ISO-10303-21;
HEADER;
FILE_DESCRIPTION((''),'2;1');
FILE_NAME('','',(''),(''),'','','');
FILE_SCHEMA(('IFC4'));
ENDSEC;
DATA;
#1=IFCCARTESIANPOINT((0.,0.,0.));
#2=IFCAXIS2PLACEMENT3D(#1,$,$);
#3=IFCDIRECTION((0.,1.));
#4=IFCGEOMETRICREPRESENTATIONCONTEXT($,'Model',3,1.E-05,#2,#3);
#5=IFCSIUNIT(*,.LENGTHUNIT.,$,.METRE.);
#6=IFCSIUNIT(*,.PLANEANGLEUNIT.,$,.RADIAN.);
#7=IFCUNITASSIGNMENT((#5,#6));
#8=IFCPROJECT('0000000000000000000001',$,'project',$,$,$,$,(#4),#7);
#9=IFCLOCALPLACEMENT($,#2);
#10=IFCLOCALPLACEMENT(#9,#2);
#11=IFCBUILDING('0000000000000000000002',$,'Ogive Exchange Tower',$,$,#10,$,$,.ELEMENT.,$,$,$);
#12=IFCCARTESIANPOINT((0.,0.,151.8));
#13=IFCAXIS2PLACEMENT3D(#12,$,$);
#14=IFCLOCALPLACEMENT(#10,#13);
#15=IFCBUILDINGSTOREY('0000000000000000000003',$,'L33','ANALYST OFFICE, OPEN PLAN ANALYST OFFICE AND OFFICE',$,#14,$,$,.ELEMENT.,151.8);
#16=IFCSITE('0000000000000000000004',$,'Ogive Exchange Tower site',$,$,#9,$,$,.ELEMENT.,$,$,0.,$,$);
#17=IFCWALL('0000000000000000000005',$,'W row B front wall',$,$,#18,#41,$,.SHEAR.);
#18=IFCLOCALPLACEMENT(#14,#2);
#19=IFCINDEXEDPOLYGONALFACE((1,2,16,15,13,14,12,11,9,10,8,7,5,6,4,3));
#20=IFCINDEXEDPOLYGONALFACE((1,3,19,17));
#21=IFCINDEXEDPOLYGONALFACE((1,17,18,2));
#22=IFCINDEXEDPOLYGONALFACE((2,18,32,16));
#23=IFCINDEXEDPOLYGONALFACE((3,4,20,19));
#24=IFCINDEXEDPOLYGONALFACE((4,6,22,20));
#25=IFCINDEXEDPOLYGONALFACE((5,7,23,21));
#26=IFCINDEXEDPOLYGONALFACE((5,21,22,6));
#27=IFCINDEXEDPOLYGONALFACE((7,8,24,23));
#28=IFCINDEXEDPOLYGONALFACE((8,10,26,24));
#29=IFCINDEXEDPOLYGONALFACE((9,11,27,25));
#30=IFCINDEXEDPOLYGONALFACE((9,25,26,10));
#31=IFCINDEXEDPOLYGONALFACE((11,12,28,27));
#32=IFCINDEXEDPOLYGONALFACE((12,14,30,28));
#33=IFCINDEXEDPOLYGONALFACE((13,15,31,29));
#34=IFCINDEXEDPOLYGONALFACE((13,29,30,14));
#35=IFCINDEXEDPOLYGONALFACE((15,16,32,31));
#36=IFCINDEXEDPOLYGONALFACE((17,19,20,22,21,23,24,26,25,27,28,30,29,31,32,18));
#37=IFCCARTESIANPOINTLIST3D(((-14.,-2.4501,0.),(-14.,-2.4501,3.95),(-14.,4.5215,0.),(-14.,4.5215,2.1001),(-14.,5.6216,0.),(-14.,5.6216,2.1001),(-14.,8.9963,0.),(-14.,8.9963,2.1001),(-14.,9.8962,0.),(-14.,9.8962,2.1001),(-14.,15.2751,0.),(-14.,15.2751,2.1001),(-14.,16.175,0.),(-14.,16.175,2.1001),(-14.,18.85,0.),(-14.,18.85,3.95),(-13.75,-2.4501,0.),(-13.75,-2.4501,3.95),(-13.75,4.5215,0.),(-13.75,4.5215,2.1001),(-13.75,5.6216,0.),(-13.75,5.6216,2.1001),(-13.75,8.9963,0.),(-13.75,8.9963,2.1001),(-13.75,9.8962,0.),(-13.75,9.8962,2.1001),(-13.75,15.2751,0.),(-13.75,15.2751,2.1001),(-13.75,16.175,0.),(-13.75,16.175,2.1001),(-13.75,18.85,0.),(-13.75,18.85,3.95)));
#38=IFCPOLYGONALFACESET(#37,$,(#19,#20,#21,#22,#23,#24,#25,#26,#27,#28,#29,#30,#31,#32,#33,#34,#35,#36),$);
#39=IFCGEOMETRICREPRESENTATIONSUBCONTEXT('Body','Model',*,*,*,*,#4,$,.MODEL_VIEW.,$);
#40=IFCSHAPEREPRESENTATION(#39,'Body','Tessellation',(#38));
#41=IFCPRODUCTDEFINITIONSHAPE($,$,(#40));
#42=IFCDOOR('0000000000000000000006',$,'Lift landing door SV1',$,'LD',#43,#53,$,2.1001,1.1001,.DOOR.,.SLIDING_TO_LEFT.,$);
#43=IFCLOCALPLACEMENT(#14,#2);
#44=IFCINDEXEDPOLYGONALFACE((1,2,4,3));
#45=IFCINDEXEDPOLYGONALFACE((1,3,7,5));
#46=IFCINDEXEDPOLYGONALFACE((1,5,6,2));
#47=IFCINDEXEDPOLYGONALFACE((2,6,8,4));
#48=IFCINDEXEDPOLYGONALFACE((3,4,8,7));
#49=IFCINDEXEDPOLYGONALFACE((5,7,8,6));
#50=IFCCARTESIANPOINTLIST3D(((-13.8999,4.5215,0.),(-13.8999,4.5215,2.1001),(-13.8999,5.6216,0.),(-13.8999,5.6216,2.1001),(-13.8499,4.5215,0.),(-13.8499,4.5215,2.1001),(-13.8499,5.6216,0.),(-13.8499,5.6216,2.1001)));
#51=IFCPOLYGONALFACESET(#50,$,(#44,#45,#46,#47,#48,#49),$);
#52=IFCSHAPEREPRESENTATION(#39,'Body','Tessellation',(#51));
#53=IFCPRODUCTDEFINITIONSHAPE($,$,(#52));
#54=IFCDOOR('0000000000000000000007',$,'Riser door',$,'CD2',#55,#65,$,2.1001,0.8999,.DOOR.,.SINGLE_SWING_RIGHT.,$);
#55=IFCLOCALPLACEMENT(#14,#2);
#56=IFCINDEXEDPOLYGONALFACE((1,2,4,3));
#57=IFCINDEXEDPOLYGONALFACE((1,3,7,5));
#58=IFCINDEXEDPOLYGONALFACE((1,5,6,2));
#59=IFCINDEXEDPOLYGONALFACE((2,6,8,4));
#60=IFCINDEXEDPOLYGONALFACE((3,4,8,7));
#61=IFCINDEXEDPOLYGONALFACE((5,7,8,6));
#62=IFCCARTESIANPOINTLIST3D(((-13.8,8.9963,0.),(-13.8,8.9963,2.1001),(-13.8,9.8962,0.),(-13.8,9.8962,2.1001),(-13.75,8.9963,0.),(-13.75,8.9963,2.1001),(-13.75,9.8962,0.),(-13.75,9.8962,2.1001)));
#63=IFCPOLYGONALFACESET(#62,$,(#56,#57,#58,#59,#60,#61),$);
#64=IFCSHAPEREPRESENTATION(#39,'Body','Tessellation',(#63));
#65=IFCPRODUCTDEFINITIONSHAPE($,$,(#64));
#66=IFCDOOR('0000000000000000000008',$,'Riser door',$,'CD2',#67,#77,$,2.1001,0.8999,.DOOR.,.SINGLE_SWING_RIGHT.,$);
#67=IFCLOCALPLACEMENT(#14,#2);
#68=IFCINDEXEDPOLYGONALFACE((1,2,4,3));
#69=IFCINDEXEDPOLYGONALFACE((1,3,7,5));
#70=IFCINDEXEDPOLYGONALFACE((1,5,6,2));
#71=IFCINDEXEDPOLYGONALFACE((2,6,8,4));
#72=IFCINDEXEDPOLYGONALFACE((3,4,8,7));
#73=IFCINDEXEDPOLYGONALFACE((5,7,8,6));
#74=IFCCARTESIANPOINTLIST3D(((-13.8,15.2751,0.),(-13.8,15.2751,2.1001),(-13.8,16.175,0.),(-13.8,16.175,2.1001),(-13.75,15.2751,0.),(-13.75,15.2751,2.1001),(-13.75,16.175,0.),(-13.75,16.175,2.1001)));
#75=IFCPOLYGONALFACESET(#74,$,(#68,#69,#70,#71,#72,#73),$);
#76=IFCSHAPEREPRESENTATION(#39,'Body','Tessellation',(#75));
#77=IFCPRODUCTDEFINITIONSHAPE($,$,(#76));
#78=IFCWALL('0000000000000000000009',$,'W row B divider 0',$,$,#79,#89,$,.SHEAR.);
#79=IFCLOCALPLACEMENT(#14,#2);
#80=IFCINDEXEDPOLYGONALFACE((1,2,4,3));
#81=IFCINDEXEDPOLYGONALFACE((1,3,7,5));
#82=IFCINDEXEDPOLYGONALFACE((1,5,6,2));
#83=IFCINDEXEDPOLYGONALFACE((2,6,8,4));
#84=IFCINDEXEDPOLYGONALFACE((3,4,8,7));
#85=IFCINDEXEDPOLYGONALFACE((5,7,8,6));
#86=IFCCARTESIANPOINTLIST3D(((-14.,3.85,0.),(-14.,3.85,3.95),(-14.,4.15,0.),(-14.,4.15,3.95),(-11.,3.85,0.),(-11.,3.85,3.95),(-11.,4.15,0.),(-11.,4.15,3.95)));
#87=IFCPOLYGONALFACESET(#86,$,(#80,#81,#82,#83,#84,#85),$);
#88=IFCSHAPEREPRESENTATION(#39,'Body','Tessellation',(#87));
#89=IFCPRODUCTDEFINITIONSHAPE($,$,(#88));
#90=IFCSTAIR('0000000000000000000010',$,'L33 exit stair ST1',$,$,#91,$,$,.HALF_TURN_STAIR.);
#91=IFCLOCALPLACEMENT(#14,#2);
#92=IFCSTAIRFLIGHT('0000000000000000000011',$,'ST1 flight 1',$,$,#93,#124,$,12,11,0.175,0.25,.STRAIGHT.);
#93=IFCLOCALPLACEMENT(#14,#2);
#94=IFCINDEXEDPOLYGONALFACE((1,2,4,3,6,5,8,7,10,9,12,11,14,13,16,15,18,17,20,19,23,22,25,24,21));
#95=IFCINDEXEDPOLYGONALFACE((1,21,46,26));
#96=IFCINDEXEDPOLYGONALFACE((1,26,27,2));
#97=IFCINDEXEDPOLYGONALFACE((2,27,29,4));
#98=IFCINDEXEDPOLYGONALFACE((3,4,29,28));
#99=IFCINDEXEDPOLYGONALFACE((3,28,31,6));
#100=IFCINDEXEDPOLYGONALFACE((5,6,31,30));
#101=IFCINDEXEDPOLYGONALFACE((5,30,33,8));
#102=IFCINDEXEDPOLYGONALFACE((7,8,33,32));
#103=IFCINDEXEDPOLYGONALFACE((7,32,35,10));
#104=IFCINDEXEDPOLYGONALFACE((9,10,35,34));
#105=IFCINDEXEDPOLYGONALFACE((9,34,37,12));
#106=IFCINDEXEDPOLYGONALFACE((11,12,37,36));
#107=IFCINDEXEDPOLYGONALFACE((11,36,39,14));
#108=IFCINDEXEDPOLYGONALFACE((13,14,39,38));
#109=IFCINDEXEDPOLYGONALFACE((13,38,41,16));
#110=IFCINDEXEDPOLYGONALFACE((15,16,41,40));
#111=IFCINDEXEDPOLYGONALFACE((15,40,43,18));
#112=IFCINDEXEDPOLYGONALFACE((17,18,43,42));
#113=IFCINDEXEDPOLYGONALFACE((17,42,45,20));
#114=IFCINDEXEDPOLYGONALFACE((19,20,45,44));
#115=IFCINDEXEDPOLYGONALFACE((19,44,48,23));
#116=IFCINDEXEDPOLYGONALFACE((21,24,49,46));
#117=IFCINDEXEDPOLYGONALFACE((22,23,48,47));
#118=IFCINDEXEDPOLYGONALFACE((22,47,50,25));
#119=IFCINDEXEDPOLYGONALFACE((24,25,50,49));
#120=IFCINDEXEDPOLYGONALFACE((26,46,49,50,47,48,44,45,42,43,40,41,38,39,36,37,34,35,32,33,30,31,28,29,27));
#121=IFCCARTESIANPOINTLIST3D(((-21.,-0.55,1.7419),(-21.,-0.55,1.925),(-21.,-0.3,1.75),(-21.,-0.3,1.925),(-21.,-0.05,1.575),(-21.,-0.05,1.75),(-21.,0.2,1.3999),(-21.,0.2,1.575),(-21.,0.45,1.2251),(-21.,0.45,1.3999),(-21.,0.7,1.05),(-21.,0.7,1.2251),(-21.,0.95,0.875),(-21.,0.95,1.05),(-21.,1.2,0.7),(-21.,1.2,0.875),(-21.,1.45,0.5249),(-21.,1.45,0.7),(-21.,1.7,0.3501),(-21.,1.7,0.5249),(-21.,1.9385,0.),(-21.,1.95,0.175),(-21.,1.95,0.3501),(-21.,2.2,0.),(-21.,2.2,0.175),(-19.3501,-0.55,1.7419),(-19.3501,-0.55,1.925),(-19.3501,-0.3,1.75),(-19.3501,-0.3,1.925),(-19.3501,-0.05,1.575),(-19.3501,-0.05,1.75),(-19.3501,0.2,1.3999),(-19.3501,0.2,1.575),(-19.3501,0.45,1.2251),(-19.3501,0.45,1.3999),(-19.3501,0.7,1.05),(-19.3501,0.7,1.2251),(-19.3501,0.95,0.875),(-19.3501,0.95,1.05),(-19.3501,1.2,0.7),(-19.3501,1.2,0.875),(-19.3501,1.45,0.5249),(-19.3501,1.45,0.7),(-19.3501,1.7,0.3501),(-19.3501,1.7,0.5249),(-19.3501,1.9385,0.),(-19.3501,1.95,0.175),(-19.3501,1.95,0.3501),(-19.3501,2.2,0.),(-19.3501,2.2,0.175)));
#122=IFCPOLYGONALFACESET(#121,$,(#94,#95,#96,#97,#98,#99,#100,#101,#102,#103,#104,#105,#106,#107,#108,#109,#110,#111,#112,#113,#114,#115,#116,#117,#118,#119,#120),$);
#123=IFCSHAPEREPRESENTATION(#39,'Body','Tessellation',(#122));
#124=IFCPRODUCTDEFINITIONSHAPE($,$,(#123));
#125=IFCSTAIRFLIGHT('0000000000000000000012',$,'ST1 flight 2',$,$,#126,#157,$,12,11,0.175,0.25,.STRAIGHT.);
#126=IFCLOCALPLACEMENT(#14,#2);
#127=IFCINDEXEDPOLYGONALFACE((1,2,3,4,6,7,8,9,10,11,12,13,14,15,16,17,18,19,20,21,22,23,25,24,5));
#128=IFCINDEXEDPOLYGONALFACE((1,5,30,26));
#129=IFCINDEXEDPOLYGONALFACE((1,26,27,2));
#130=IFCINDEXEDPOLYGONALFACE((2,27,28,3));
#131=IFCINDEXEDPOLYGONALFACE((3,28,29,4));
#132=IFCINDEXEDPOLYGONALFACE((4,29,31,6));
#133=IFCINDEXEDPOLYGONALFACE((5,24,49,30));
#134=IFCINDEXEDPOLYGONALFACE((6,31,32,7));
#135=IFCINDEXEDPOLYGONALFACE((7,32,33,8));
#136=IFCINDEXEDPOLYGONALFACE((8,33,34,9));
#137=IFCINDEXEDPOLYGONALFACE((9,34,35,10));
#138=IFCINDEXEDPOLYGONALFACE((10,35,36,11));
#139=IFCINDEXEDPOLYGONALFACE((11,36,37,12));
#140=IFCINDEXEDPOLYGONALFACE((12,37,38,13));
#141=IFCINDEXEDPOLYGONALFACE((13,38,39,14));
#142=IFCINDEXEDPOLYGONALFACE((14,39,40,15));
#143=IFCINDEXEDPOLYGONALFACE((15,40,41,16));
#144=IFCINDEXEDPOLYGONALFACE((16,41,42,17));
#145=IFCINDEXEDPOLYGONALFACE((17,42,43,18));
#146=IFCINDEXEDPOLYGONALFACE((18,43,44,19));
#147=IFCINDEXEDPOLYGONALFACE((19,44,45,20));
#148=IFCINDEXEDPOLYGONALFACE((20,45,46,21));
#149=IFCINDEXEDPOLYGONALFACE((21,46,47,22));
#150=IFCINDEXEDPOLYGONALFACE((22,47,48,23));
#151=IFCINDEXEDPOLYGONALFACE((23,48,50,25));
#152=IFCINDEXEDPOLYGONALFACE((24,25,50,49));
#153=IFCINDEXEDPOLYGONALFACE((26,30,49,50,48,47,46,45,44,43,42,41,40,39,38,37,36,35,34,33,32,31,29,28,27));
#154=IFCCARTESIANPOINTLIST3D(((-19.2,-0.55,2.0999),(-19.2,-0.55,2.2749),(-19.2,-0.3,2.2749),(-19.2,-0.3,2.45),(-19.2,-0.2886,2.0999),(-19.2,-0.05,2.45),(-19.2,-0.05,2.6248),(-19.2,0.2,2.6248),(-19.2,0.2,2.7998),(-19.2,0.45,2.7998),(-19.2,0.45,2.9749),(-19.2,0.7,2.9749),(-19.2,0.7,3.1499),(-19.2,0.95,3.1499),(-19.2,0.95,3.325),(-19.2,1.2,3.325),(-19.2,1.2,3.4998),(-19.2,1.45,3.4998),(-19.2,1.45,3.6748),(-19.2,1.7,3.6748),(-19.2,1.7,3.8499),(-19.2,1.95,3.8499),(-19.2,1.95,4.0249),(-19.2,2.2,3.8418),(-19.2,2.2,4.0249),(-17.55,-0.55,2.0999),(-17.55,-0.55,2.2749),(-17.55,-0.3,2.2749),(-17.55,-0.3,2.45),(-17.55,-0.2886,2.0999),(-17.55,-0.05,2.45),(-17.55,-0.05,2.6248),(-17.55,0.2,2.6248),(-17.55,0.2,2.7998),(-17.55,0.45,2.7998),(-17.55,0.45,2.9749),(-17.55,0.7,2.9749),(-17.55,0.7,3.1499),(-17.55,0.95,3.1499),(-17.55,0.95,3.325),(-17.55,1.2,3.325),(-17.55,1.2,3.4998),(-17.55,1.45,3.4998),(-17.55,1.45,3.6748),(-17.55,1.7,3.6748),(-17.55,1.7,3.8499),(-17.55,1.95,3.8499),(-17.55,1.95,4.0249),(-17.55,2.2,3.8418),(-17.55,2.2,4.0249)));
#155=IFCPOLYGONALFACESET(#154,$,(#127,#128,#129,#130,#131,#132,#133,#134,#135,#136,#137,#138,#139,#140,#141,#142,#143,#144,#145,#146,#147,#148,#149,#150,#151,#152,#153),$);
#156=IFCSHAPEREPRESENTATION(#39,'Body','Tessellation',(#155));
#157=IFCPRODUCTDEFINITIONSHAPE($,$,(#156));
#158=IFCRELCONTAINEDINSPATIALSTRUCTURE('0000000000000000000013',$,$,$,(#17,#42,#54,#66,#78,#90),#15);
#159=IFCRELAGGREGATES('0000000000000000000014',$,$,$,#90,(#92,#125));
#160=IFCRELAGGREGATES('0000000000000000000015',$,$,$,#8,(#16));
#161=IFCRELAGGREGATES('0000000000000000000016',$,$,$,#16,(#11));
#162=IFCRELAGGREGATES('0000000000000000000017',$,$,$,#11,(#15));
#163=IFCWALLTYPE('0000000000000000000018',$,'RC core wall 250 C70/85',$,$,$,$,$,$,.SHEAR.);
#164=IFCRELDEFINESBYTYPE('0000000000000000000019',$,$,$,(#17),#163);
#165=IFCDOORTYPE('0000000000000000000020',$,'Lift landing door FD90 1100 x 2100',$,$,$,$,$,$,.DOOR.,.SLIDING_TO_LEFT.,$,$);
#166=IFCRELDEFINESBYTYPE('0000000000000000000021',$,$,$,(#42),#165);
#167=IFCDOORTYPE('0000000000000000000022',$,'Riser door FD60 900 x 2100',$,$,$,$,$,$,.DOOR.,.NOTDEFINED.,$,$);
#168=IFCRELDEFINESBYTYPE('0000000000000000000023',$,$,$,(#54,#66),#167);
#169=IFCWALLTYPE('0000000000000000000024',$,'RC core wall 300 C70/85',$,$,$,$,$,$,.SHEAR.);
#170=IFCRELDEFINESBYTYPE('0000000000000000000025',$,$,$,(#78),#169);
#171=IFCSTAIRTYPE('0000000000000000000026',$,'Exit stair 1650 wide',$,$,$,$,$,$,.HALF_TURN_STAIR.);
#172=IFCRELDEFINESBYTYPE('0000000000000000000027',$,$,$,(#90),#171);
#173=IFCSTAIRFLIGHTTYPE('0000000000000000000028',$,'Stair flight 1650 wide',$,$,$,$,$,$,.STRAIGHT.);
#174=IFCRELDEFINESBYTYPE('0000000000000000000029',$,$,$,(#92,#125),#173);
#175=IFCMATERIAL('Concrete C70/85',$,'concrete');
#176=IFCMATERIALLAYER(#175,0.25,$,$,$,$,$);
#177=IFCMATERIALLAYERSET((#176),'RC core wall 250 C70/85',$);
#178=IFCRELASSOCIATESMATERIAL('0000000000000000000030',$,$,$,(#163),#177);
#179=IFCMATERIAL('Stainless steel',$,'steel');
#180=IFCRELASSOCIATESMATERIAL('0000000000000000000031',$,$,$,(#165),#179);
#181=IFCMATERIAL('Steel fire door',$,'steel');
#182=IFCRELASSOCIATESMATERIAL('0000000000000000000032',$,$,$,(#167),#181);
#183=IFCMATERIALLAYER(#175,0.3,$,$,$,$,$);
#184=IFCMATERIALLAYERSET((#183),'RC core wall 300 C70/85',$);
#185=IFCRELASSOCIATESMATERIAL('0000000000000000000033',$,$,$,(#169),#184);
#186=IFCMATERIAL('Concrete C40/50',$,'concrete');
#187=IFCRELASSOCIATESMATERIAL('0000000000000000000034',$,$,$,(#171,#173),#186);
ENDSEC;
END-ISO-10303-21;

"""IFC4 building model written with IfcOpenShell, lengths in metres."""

from ifc_helpers import new_model, si_unit, direction, frame, frame_2d, origin, place, context, subcontext, project, spatial, polyline, rectangle, outline, extrude, material, layer, layer_set, type_object, element, fill, aggregate, save


model = new_model("IFC4")

# Units and contexts
model_context = context("Model", 3, precision=1e-05, world=origin(), true_north=direction((0.0, 1.0)))
body_context = subcontext(model_context, "Body", "Model", "MODEL_VIEW")
ifc_project = project(units=[si_unit("LENGTHUNIT", "METRE"), si_unit("PLANEANGLEUNIT", "RADIAN")], contexts=[model_context])

# Site, building, storey
site_placement = place(None, origin())
site = spatial("IfcSite", under=ifc_project, at=site_placement, Name="Ogive Exchange Tower site", CompositionType="ELEMENT", RefElevation=0.0)
building_placement = place(site_placement, origin())
building = spatial("IfcBuilding", under=site, at=building_placement, Name="Ogive Exchange Tower", CompositionType="ELEMENT")
storey_placement = place(building_placement, frame((0.0, 0.0, 151.8)))
storey = spatial("IfcBuildingStorey", under=building, at=storey_placement, Name="L33", Description="ANALYST OFFICE, OPEN PLAN ANALYST OFFICE AND OFFICE", CompositionType="ELEMENT", Elevation=151.8)

# Shared definitions
ifc_material_1 = material(Name="Concrete C70/85", Category="concrete")
ifc_layer_1 = layer(ifc_material_1, 0.25)
ifc_layer_set_1 = layer_set([ifc_layer_1], Name="RC core wall 250 C70/85")
wall_type_1 = type_object("IfcWallType", Name="RC core wall 250 C70/85", PredefinedType="SHEAR", material=ifc_layer_set_1)
ifc_material_2 = material(Name="Steel fire door", Category="steel")

# Wall, openings, doors
ifc_material_3 = material(Name="Stainless steel", Category="steel")
door_type_1 = type_object("IfcDoorType", Name="Lift landing door FD90 1100 x 2100", OperationType="SLIDING_TO_LEFT", PredefinedType="DOOR", material=ifc_material_3)
wall_1_placement = place(storey_placement, frame((-13.875, -2.45, 0.0), z_axis=(0.0, 0.0, 1.0), x_axis=(0.0, 1.0, 0.0)))
wall_1 = element("IfcWall", 1, at=wall_1_placement, inside=storey, type_object=wall_type_1, Name="W row B front wall", PredefinedType="SHEAR", context=body_context, shape_type="SweptSolid", body=[
    extrude(rectangle(XDim=21.3, YDim=0.25, at=frame_2d((10.6499, 0.0))), origin(), (0.0, 0.0, 1.0), 3.95),
])
opening_1_placement = place(wall_1_placement, frame((11.4463, 0.0, 0.0)))
opening_1 = element("IfcOpeningElement", 2, at=opening_1_placement, cuts=wall_1, PredefinedType="OPENING", context=body_context, shape_type="SweptSolid", body=[
    extrude(rectangle(XDim=0.8999, YDim=2.1001, at=frame_2d((0.45, 1.05))), frame((0.0, 0.135, 0.0), z_axis=(0.0, -1.0, 0.0), x_axis=(1.0, 0.0, 0.0)), (0.0, 0.0, 1.0), 0.27),
])
opening_2_placement = place(wall_1_placement, frame((17.7251, 0.0, 0.0)))
opening_2 = element("IfcOpeningElement", 3, at=opening_2_placement, cuts=wall_1, PredefinedType="OPENING", context=body_context, shape_type="SweptSolid", body=[
    extrude(rectangle(XDim=0.8999, YDim=2.1001, at=frame_2d((0.45, 1.05))), frame((0.0, 0.135, 0.0), z_axis=(0.0, -1.0, 0.0), x_axis=(1.0, 0.0, 0.0)), (0.0, 0.0, 1.0), 0.27),
])
opening_3_placement = place(wall_1_placement, frame((6.9714, 0.0, 0.0)))
opening_3 = element("IfcOpeningElement", 4, at=opening_3_placement, cuts=wall_1, PredefinedType="OPENING", context=body_context, shape_type="SweptSolid", body=[
    extrude(rectangle(XDim=1.1001, YDim=2.1001, at=frame_2d((0.55, 1.05))), frame((0.0, 0.135, 0.0), z_axis=(0.0, -1.0, 0.0), x_axis=(1.0, 0.0, 0.0)), (0.0, 0.0, 1.0), 0.27),
])
door_1_placement = place(opening_3_placement, origin())
door_1 = element("IfcDoor", 5, at=door_1_placement, inside=storey, type_object=door_type_1, Name="Lift landing door SV1", ObjectType="LD", OperationType="SLIDING_TO_LEFT", OverallHeight=2.1001, OverallWidth=1.1001, PredefinedType="DOOR", context=body_context, shape_type="SweptSolid", body=[
    extrude(rectangle(XDim=1.1001, YDim=2.1001, at=frame_2d((0.55, 1.05))), frame((0.0, 0.0249, 0.0), z_axis=(0.0, -1.0, 0.0), x_axis=(1.0, 0.0, 0.0)), (0.0, 0.0, 1.0), 0.05),
])
fill(opening_3, door_1)
door_type_2 = type_object("IfcDoorType", Name="Riser door FD60 900 x 2100", OperationType="NOTDEFINED", PredefinedType="DOOR", material=ifc_material_2)
door_2_placement = place(opening_1_placement, frame((0.8999, -0.2002, 0.0), z_axis=(0.0, 0.0, 1.0), x_axis=(-1.0, 0.0, 0.0)))
door_2 = element("IfcDoor", 6, at=door_2_placement, inside=storey, type_object=door_type_2, Name="Riser door", ObjectType="CD2", OperationType="SINGLE_SWING_RIGHT", OverallHeight=2.1001, OverallWidth=0.8999, PredefinedType="DOOR", context=body_context, shape_type="SweptSolid", body=[
    extrude(rectangle(XDim=0.8999, YDim=2.1001, at=frame_2d((0.45, 1.05))), frame((0.0, -0.0752, 0.0), z_axis=(0.0, -1.0, 0.0), x_axis=(1.0, 0.0, 0.0)), (0.0, 0.0, 1.0), 0.05),
])
fill(opening_1, door_2)
door_3_placement = place(opening_2_placement, frame((0.8999, -0.2002, 0.0), z_axis=(0.0, 0.0, 1.0), x_axis=(-1.0, 0.0, 0.0)))
door_3 = element("IfcDoor", 7, at=door_3_placement, inside=storey, type_object=door_type_2, Name="Riser door", ObjectType="CD2", OperationType="SINGLE_SWING_RIGHT", OverallHeight=2.1001, OverallWidth=0.8999, PredefinedType="DOOR", context=body_context, shape_type="SweptSolid", body=[
    extrude(rectangle(XDim=0.8999, YDim=2.1001, at=frame_2d((0.45, 1.05))), frame((0.0, -0.0752, 0.0), z_axis=(0.0, -1.0, 0.0), x_axis=(1.0, 0.0, 0.0)), (0.0, 0.0, 1.0), 0.05),
])
fill(opening_2, door_3)

# Wall
ifc_layer_2 = layer(ifc_material_1, 0.3)
ifc_layer_set_2 = layer_set([ifc_layer_2], Name="RC core wall 300 C70/85")
wall_type_2 = type_object("IfcWallType", Name="RC core wall 300 C70/85", PredefinedType="SHEAR", material=ifc_layer_set_2)
wall_2_placement = place(storey_placement, frame((-14.0, 4.0, 0.0), z_axis=(0.0, 0.0, 1.0), x_axis=(1.0, 0.0, 0.0)))
element("IfcWall", 8, at=wall_2_placement, inside=storey, type_object=wall_type_2, Name="W row B divider 0", PredefinedType="SHEAR", context=body_context, shape_type="SweptSolid", body=[
    extrude(rectangle(XDim=3.0, YDim=0.3, at=frame_2d((1.5, 0.0))), origin(), (0.0, 0.0, 1.0), 3.95),
])

# Stair, stair flights
ifc_material_4 = material(Name="Concrete C40/50", Category="concrete")
stair_type = type_object("IfcStairType", Name="Exit stair 1650 wide", PredefinedType="HALF_TURN_STAIR", material=ifc_material_4)
stair_placement = place(storey_placement, origin())
stair = element("IfcStair", 9, at=stair_placement, inside=storey, type_object=stair_type, Name="L33 exit stair ST1", PredefinedType="HALF_TURN_STAIR")
stair_flight_type = type_object("IfcStairFlightType", Name="Stair flight 1650 wide", PredefinedType="STRAIGHT", material=ifc_material_4)
stair_flight_1_placement = place(storey_placement, frame((-20.175, 2.2, 0.0), z_axis=(0.0, 0.0, 1.0), x_axis=(0.0, -1.0, 0.0)))
stair_flight_1 = element("IfcStairFlight", 10, at=stair_flight_1_placement, type_object=stair_flight_type, Name="ST1 flight 1", NumberOfRisers=12, NumberOfTreads=11, PredefinedType="STRAIGHT", RiserHeight=0.175, TreadLength=0.25, context=body_context, shape_type="SweptSolid", body=[
    extrude(outline(polyline([(0.0, 0.0), (0.0, 0.175), (0.25, 0.175), (0.25, 0.3501), (0.5, 0.3501), (0.5, 0.5249), (0.75, 0.5249), (0.75, 0.7), (1.0, 0.7), (1.0, 0.875), (1.25, 0.875), (1.25, 1.05), (1.5, 1.05), (1.5, 1.2251), (1.75, 1.2251), (1.75, 1.3999), (2.0, 1.3999), (2.0, 1.575), (2.25, 1.575), (2.25, 1.75), (2.5, 1.75), (2.5, 1.925), (2.75, 1.925), (2.75, 2.1001), (2.75, 1.7419), (0.2615, 0.0), (0.0, 0.0)])), frame((0.0, 0.825, 0.0), z_axis=(0.0, -1.0, 0.0), x_axis=(1.0, 0.0, 0.0)), (0.0, 0.0, 1.0), 1.6499),
])
stair_flight_2_placement = place(storey_placement, frame((-18.375, -0.55, 2.0999), z_axis=(0.0, 0.0, 1.0), x_axis=(0.0, 1.0, 0.0)))
stair_flight_2 = element("IfcStairFlight", 11, at=stair_flight_2_placement, type_object=stair_flight_type, Name="ST1 flight 2", NumberOfRisers=12, NumberOfTreads=11, PredefinedType="STRAIGHT", RiserHeight=0.175, TreadLength=0.25, context=body_context, shape_type="SweptSolid", body=[
    extrude(outline(polyline([(0.0, 0.0), (0.0, 0.175), (0.25, 0.175), (0.25, 0.3501), (0.5, 0.3501), (0.5, 0.5249), (0.75, 0.5249), (0.75, 0.7), (1.0, 0.7), (1.0, 0.875), (1.25, 0.875), (1.25, 1.05), (1.5, 1.05), (1.5, 1.2251), (1.75, 1.2251), (1.75, 1.3999), (2.0, 1.3999), (2.0, 1.575), (2.25, 1.575), (2.25, 1.75), (2.5, 1.75), (2.5, 1.925), (2.75, 1.925), (2.75, 2.1001), (2.75, 1.7419), (0.2615, 0.0), (0.0, 0.0)])), frame((0.0, 0.825, 0.0), z_axis=(0.0, -1.0, 0.0), x_axis=(1.0, 0.0, 0.0)), (0.0, 0.0, 1.0), 1.6499),
])
aggregate(stair, [stair_flight_1, stair_flight_2])

save(model, "model.ifc")
